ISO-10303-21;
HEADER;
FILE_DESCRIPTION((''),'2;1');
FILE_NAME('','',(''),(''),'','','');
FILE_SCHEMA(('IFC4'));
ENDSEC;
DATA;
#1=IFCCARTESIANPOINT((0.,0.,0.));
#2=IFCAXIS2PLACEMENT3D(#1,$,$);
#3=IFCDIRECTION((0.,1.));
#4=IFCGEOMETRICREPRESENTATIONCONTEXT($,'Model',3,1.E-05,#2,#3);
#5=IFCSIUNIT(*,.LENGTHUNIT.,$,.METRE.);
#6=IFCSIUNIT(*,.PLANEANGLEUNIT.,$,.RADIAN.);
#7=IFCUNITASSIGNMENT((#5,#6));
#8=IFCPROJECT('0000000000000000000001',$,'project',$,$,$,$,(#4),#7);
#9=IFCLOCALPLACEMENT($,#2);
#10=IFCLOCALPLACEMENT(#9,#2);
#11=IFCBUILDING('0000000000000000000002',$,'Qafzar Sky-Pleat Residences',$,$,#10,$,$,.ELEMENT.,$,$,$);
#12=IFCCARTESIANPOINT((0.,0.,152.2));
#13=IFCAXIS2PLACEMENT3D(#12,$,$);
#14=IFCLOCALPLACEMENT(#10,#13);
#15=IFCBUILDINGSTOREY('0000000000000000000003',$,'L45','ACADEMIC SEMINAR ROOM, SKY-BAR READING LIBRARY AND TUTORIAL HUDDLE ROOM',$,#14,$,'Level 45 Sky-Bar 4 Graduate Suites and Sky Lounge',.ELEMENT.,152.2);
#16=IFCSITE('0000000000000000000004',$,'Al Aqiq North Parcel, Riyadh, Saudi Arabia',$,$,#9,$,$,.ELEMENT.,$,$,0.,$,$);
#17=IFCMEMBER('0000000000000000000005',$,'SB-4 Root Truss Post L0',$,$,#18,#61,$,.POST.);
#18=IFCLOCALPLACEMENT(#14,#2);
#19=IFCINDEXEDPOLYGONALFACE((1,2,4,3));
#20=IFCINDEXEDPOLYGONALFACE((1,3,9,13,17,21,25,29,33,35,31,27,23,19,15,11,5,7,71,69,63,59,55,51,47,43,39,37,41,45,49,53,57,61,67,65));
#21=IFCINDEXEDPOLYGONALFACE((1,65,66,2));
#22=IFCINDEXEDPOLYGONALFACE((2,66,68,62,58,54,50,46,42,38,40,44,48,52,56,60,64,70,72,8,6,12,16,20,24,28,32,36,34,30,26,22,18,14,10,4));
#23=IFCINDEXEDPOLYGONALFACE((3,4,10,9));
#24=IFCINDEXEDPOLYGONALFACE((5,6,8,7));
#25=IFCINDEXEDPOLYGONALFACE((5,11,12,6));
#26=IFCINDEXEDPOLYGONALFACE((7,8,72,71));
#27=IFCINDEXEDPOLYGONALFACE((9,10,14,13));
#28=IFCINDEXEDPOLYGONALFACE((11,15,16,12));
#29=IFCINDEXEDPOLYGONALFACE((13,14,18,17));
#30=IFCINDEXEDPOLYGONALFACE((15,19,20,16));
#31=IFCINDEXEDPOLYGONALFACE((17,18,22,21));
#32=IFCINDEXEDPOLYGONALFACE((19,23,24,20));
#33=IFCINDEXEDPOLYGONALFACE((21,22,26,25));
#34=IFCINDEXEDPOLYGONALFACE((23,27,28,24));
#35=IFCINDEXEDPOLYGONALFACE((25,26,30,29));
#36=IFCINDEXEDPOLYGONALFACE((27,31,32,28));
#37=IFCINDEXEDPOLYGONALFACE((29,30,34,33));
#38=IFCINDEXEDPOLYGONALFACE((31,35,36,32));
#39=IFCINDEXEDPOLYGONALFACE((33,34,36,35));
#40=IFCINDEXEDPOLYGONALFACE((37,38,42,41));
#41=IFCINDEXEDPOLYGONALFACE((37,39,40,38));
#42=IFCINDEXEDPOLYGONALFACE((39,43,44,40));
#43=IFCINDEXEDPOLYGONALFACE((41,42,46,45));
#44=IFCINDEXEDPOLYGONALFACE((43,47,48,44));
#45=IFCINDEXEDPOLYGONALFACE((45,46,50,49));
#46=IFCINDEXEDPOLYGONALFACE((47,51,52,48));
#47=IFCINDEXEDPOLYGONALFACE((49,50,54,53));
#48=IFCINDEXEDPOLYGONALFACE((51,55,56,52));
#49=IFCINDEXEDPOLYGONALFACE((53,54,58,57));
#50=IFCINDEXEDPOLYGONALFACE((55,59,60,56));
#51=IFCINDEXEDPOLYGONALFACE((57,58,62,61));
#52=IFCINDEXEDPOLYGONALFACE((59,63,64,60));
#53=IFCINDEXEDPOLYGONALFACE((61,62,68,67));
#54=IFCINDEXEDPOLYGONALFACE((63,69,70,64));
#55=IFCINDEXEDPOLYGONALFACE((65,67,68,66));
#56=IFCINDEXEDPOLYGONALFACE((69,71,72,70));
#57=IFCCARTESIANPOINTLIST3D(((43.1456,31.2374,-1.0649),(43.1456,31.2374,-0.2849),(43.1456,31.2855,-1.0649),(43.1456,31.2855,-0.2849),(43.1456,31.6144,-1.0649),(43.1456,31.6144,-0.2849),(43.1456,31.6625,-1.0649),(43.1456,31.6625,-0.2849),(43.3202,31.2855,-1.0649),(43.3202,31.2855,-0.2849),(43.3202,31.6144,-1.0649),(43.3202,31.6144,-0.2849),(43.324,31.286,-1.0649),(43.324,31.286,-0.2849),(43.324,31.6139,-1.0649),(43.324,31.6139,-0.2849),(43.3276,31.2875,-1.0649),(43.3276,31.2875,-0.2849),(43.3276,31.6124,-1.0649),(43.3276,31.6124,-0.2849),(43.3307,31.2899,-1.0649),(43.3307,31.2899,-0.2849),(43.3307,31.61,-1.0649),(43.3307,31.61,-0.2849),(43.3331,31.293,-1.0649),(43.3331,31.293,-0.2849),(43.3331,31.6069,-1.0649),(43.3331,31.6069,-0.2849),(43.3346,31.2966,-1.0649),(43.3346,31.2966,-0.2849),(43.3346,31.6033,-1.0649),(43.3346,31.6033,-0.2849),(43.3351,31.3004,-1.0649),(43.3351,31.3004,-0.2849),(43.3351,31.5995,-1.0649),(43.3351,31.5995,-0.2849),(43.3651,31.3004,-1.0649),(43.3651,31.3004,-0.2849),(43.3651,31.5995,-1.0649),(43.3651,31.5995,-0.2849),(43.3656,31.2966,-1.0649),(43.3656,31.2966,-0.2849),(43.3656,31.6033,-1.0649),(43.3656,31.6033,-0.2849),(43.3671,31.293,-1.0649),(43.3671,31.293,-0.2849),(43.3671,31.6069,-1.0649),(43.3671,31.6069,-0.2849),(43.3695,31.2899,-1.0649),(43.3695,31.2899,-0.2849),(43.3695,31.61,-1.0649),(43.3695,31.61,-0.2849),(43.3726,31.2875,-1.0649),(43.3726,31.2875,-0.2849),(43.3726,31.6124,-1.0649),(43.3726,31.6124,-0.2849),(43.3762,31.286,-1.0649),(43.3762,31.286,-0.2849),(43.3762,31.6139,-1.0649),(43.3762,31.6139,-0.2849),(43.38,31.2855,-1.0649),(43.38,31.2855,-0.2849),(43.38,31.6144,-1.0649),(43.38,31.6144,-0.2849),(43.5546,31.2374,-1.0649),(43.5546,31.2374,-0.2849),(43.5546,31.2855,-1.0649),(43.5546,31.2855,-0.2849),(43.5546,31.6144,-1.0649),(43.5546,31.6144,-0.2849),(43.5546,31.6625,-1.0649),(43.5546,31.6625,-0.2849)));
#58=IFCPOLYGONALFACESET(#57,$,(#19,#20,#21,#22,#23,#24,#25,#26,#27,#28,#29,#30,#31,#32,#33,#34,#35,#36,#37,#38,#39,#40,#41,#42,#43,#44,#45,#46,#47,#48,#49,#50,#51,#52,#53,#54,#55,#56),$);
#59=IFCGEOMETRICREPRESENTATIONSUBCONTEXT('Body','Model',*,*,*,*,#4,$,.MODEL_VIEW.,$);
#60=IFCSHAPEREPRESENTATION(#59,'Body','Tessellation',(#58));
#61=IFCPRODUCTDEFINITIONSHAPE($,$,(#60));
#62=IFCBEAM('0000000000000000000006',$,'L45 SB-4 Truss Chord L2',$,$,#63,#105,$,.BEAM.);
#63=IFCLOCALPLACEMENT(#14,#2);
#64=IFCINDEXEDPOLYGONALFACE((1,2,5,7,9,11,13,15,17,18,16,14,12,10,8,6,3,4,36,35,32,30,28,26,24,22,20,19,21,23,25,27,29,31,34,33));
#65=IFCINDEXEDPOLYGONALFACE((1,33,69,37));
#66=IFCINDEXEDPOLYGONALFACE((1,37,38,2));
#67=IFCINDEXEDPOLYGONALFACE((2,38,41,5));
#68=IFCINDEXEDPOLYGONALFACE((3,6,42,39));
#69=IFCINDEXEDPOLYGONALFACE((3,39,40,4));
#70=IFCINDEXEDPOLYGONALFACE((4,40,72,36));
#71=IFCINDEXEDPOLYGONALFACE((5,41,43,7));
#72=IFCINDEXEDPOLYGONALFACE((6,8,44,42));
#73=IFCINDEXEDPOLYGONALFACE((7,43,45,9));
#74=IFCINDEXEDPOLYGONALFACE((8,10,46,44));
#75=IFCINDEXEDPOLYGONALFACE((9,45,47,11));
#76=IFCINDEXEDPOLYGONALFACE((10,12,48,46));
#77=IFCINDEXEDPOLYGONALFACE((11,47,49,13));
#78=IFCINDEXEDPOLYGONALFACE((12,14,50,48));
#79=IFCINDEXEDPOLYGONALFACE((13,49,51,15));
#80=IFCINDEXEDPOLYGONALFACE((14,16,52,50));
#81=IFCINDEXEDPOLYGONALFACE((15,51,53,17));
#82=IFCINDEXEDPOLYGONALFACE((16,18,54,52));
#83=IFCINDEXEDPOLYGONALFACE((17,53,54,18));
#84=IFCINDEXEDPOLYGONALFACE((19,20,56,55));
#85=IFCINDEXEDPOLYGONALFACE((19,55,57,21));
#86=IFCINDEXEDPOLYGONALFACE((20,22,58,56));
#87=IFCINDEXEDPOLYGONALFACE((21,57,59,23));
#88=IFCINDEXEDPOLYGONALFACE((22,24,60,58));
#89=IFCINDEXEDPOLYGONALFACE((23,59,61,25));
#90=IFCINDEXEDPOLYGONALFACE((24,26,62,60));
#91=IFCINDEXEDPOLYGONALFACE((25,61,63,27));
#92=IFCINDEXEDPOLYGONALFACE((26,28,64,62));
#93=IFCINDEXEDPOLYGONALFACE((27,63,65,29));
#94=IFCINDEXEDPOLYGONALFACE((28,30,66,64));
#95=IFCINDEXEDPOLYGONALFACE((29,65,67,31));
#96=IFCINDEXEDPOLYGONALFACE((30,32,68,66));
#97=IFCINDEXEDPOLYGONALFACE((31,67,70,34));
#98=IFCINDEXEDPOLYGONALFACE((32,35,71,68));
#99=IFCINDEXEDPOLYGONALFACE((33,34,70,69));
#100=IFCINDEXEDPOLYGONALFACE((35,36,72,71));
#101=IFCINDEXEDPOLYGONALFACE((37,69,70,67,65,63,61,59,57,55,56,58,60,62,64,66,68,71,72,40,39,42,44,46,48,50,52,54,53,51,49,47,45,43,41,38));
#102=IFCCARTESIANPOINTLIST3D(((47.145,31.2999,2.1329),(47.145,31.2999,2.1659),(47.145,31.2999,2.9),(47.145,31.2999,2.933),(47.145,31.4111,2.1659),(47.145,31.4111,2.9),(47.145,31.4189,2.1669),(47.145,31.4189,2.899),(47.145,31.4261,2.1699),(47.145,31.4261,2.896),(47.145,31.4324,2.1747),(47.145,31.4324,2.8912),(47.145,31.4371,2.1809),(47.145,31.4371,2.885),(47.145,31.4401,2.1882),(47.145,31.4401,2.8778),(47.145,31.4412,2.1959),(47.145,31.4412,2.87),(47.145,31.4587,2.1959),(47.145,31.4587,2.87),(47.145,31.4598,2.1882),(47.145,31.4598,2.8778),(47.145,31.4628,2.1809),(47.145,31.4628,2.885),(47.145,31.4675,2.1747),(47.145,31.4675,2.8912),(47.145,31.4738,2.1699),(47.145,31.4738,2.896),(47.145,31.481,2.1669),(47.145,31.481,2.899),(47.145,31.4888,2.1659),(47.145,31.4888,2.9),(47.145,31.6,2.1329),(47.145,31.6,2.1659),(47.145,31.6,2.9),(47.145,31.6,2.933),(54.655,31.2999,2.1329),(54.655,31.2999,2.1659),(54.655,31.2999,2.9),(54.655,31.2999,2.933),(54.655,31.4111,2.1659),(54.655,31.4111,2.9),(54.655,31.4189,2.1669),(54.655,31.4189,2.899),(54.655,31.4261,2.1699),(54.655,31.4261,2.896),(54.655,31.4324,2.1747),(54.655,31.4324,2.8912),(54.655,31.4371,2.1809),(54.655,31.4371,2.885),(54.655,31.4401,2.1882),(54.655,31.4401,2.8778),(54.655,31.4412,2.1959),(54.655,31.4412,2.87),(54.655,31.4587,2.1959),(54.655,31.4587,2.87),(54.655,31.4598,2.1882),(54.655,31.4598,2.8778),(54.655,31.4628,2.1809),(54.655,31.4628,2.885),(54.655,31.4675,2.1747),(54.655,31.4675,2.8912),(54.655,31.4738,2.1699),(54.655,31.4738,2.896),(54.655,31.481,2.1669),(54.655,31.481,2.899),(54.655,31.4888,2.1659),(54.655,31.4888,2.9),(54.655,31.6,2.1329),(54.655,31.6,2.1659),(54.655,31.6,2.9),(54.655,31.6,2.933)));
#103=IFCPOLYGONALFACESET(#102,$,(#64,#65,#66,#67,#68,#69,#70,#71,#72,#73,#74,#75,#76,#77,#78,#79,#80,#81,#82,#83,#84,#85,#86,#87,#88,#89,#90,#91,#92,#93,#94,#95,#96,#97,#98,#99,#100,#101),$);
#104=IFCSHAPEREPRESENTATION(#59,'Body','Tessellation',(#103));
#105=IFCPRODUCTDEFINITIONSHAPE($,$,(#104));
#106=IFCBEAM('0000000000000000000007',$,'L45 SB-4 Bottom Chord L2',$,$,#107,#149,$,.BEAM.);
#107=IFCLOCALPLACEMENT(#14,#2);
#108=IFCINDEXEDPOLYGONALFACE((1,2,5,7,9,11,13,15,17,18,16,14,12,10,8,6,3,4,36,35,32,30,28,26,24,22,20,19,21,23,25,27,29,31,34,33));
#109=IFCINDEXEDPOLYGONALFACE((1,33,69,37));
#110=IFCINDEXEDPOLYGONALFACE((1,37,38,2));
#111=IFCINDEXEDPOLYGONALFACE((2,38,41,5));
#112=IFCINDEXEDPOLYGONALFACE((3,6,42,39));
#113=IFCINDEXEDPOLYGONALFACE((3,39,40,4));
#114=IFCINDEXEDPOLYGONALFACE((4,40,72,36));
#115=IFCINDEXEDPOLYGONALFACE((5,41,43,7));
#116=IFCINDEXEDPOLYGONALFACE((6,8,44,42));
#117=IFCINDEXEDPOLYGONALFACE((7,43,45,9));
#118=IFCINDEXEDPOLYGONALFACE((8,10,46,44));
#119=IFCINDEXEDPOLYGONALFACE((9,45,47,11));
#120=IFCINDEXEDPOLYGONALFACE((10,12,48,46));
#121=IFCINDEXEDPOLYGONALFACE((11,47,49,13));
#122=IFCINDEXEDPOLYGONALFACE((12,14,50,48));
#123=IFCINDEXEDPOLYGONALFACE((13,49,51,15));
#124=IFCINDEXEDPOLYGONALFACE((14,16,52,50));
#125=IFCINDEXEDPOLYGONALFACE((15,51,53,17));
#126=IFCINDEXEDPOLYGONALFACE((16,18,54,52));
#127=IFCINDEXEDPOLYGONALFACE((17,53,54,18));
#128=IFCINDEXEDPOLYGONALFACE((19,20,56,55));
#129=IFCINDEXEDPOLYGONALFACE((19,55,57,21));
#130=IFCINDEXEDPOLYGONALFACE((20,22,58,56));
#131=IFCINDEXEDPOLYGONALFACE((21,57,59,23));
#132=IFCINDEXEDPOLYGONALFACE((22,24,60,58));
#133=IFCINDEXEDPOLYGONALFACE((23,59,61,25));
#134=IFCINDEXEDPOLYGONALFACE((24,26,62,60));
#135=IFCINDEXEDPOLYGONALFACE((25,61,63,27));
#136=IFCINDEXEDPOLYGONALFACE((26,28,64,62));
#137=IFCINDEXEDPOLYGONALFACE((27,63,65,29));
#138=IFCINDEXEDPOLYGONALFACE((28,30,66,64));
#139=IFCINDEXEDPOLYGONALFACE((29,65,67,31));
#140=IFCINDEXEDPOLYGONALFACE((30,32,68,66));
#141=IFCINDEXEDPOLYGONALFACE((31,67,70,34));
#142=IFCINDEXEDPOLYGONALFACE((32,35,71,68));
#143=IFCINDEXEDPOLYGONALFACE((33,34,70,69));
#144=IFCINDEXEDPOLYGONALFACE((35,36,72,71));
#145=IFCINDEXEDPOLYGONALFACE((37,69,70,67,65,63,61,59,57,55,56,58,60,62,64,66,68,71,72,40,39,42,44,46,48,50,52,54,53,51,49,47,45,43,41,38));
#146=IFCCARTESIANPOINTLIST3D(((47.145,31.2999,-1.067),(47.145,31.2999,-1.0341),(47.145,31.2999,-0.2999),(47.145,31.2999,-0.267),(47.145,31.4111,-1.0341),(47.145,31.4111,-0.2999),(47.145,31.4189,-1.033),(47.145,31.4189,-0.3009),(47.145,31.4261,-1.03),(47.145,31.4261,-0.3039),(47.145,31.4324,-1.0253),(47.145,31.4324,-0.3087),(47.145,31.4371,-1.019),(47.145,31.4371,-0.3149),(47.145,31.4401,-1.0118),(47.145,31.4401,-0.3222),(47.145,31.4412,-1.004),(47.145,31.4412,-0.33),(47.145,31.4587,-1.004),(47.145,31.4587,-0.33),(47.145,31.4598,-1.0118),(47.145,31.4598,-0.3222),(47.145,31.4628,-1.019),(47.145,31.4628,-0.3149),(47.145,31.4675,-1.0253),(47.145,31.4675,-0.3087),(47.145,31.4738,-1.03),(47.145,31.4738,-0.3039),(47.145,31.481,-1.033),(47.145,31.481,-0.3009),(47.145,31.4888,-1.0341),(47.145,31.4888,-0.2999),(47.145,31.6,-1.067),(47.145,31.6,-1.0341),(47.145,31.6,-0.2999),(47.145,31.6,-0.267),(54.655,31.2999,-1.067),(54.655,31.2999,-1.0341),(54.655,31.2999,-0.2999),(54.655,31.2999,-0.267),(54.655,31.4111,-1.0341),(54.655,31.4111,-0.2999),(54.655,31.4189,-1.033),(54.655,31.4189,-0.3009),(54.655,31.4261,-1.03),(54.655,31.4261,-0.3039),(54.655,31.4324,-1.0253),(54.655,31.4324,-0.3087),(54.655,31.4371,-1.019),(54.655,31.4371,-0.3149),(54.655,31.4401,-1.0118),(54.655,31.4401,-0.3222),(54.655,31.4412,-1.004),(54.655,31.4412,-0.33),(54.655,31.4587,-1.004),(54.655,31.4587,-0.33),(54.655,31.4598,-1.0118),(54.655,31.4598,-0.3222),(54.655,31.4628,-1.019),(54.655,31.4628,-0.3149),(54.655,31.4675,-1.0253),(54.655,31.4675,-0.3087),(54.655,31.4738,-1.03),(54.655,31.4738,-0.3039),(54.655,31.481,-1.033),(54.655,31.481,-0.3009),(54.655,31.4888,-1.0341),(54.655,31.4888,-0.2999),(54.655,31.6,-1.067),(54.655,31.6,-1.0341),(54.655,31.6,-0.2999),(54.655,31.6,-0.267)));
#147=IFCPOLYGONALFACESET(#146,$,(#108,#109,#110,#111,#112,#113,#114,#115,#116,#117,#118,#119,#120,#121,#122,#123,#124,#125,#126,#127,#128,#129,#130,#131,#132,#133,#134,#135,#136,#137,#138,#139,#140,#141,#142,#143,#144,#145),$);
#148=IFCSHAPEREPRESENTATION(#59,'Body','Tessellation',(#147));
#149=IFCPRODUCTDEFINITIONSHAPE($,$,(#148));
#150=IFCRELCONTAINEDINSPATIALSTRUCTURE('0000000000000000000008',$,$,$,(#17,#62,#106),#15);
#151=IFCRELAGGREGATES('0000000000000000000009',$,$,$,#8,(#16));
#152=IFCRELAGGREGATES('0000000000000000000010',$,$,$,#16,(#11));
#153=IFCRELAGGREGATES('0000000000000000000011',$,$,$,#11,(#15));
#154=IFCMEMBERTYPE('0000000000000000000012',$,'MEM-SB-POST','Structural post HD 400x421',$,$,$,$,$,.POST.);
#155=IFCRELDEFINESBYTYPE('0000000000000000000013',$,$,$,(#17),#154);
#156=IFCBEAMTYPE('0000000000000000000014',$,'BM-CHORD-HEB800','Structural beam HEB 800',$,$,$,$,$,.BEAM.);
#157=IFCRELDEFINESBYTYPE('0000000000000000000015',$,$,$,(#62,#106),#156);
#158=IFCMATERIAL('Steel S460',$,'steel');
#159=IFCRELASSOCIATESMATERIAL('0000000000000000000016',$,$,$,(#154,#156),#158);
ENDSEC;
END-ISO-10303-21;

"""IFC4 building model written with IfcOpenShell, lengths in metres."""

from ifc_helpers import new_model, si_unit, direction, frame, origin, origin_2d, place, context, subcontext, project, spatial, i_section, extrude, source, transform, mapped, material, material_profile, profile_set, type_object, element, save


model = new_model("IFC4")

# Units and contexts
model_context = context("Model", 3, precision=1e-05, world=origin(), true_north=direction((0.0, 1.0)))
body_context = subcontext(model_context, "Body", "Model", "MODEL_VIEW")
ifc_project = project(units=[si_unit("LENGTHUNIT", "METRE"), si_unit("PLANEANGLEUNIT", "RADIAN")], contexts=[model_context])

# Site, building, storey
site_placement = place(None, origin())
site = spatial("IfcSite", under=ifc_project, at=site_placement, Name="Al Aqiq North Parcel, Riyadh, Saudi Arabia", CompositionType="ELEMENT", RefElevation=0.0)
building_placement = place(site_placement, origin())
building = spatial("IfcBuilding", under=site, at=building_placement, Name="Qafzar Sky-Pleat Residences", CompositionType="ELEMENT")
storey_placement = place(building_placement, frame((0.0, 0.0, 152.2)))
storey = spatial("IfcBuildingStorey", under=building, at=storey_placement, Name="L45", Description="ACADEMIC SEMINAR ROOM, SKY-BAR READING LIBRARY AND TUTORIAL HUDDLE ROOM", LongName="Level 45 Sky-Bar 4 Graduate Suites and Sky Lounge", CompositionType="ELEMENT", Elevation=152.2)

# Member
ifc_material_1 = material(Name="Steel S460", Category="steel")
ifc_material_profile_1 = material_profile(ifc_material_1, i_section(OverallWidth=0.4089, OverallDepth=0.425, WebThickness=0.03, FlangeThickness=0.0481, FilletRadius=0.0149, at=origin_2d()), Name="HD 400x421")
ifc_profile_set_1 = profile_set([ifc_material_profile_1], Name="Steel S460")
member_type_1 = type_object("IfcMemberType", Name="MEM-SB-POST", Description="Structural post HD 400x421", PredefinedType="POST", material=ifc_profile_set_1)
shared_shape_1 = source(origin(), body_context, "Body", "SweptSolid", [
    extrude(i_section(OverallWidth=0.4089, OverallDepth=0.425, WebThickness=0.03, FlangeThickness=0.0481, FilletRadius=0.0149, at=origin_2d()), origin(), (0.0, 0.0, 1.0), 0.78),
])
member_1_placement = place(storey_placement, frame((43.3501, 31.45, -1.0649), z_axis=(0.0, 0.0, 1.0), x_axis=(1.0, 0.0, 0.0)))
element("IfcMember", 1, at=member_1_placement, inside=storey, type_object=member_type_1, Name="SB-4 Root Truss Post L0", PredefinedType="POST", context=body_context, shape_type="MappedRepresentation", body=[
    mapped(shared_shape_1, transform((0.0, 0.0, 0.0), x_axis=(1.0, 0.0, 0.0), y_axis=(0.0, 1.0, 0.0), z_axis=(0.0, 0.0, 1.0), scale=1.0)),
])

# Beams
ifc_material_profile_2 = material_profile(ifc_material_1, i_section(OverallWidth=0.3, OverallDepth=0.8, WebThickness=0.0176, FlangeThickness=0.033, FilletRadius=0.03, at=origin_2d()), Name="HEB 800")
ifc_profile_set_2 = profile_set([ifc_material_profile_2], Name="Steel S460")
beam_type_1 = type_object("IfcBeamType", Name="BM-CHORD-HEB800", Description="Structural beam HEB 800", PredefinedType="BEAM", material=ifc_profile_set_2)
shared_shape_2 = source(origin(), body_context, "Body", "SweptSolid", [
    extrude(i_section(OverallWidth=0.3, OverallDepth=0.8, WebThickness=0.0176, FlangeThickness=0.033, FilletRadius=0.03, at=origin_2d()), origin(), (0.0, 0.0, 1.0), 7.51),
])
for number, where, z_axis, x_axis, name in (
    (2, (47.145, 31.45, 2.533), (1.0, 0.0, 0.0), (0.0, 1.0, 0.0), "L45 SB-4 Truss Chord L2"),
    (3, (47.145, 31.45, -0.667), (1.0, 0.0, 0.0), (0.0, 1.0, 0.0), "L45 SB-4 Bottom Chord L2"),
):
    element("IfcBeam", number, at=place(storey_placement, frame(where, z_axis=z_axis, x_axis=x_axis)), inside=storey, type_object=beam_type_1, Name=name, PredefinedType="BEAM", context=body_context, shape_type="MappedRepresentation", body=[
        mapped(shared_shape_2, transform((0.0, 0.0, 0.0), x_axis=(1.0, 0.0, 0.0), y_axis=(0.0, 1.0, 0.0), z_axis=(0.0, 0.0, 1.0), scale=1.0)),
    ])

save(model, "model.ifc")
